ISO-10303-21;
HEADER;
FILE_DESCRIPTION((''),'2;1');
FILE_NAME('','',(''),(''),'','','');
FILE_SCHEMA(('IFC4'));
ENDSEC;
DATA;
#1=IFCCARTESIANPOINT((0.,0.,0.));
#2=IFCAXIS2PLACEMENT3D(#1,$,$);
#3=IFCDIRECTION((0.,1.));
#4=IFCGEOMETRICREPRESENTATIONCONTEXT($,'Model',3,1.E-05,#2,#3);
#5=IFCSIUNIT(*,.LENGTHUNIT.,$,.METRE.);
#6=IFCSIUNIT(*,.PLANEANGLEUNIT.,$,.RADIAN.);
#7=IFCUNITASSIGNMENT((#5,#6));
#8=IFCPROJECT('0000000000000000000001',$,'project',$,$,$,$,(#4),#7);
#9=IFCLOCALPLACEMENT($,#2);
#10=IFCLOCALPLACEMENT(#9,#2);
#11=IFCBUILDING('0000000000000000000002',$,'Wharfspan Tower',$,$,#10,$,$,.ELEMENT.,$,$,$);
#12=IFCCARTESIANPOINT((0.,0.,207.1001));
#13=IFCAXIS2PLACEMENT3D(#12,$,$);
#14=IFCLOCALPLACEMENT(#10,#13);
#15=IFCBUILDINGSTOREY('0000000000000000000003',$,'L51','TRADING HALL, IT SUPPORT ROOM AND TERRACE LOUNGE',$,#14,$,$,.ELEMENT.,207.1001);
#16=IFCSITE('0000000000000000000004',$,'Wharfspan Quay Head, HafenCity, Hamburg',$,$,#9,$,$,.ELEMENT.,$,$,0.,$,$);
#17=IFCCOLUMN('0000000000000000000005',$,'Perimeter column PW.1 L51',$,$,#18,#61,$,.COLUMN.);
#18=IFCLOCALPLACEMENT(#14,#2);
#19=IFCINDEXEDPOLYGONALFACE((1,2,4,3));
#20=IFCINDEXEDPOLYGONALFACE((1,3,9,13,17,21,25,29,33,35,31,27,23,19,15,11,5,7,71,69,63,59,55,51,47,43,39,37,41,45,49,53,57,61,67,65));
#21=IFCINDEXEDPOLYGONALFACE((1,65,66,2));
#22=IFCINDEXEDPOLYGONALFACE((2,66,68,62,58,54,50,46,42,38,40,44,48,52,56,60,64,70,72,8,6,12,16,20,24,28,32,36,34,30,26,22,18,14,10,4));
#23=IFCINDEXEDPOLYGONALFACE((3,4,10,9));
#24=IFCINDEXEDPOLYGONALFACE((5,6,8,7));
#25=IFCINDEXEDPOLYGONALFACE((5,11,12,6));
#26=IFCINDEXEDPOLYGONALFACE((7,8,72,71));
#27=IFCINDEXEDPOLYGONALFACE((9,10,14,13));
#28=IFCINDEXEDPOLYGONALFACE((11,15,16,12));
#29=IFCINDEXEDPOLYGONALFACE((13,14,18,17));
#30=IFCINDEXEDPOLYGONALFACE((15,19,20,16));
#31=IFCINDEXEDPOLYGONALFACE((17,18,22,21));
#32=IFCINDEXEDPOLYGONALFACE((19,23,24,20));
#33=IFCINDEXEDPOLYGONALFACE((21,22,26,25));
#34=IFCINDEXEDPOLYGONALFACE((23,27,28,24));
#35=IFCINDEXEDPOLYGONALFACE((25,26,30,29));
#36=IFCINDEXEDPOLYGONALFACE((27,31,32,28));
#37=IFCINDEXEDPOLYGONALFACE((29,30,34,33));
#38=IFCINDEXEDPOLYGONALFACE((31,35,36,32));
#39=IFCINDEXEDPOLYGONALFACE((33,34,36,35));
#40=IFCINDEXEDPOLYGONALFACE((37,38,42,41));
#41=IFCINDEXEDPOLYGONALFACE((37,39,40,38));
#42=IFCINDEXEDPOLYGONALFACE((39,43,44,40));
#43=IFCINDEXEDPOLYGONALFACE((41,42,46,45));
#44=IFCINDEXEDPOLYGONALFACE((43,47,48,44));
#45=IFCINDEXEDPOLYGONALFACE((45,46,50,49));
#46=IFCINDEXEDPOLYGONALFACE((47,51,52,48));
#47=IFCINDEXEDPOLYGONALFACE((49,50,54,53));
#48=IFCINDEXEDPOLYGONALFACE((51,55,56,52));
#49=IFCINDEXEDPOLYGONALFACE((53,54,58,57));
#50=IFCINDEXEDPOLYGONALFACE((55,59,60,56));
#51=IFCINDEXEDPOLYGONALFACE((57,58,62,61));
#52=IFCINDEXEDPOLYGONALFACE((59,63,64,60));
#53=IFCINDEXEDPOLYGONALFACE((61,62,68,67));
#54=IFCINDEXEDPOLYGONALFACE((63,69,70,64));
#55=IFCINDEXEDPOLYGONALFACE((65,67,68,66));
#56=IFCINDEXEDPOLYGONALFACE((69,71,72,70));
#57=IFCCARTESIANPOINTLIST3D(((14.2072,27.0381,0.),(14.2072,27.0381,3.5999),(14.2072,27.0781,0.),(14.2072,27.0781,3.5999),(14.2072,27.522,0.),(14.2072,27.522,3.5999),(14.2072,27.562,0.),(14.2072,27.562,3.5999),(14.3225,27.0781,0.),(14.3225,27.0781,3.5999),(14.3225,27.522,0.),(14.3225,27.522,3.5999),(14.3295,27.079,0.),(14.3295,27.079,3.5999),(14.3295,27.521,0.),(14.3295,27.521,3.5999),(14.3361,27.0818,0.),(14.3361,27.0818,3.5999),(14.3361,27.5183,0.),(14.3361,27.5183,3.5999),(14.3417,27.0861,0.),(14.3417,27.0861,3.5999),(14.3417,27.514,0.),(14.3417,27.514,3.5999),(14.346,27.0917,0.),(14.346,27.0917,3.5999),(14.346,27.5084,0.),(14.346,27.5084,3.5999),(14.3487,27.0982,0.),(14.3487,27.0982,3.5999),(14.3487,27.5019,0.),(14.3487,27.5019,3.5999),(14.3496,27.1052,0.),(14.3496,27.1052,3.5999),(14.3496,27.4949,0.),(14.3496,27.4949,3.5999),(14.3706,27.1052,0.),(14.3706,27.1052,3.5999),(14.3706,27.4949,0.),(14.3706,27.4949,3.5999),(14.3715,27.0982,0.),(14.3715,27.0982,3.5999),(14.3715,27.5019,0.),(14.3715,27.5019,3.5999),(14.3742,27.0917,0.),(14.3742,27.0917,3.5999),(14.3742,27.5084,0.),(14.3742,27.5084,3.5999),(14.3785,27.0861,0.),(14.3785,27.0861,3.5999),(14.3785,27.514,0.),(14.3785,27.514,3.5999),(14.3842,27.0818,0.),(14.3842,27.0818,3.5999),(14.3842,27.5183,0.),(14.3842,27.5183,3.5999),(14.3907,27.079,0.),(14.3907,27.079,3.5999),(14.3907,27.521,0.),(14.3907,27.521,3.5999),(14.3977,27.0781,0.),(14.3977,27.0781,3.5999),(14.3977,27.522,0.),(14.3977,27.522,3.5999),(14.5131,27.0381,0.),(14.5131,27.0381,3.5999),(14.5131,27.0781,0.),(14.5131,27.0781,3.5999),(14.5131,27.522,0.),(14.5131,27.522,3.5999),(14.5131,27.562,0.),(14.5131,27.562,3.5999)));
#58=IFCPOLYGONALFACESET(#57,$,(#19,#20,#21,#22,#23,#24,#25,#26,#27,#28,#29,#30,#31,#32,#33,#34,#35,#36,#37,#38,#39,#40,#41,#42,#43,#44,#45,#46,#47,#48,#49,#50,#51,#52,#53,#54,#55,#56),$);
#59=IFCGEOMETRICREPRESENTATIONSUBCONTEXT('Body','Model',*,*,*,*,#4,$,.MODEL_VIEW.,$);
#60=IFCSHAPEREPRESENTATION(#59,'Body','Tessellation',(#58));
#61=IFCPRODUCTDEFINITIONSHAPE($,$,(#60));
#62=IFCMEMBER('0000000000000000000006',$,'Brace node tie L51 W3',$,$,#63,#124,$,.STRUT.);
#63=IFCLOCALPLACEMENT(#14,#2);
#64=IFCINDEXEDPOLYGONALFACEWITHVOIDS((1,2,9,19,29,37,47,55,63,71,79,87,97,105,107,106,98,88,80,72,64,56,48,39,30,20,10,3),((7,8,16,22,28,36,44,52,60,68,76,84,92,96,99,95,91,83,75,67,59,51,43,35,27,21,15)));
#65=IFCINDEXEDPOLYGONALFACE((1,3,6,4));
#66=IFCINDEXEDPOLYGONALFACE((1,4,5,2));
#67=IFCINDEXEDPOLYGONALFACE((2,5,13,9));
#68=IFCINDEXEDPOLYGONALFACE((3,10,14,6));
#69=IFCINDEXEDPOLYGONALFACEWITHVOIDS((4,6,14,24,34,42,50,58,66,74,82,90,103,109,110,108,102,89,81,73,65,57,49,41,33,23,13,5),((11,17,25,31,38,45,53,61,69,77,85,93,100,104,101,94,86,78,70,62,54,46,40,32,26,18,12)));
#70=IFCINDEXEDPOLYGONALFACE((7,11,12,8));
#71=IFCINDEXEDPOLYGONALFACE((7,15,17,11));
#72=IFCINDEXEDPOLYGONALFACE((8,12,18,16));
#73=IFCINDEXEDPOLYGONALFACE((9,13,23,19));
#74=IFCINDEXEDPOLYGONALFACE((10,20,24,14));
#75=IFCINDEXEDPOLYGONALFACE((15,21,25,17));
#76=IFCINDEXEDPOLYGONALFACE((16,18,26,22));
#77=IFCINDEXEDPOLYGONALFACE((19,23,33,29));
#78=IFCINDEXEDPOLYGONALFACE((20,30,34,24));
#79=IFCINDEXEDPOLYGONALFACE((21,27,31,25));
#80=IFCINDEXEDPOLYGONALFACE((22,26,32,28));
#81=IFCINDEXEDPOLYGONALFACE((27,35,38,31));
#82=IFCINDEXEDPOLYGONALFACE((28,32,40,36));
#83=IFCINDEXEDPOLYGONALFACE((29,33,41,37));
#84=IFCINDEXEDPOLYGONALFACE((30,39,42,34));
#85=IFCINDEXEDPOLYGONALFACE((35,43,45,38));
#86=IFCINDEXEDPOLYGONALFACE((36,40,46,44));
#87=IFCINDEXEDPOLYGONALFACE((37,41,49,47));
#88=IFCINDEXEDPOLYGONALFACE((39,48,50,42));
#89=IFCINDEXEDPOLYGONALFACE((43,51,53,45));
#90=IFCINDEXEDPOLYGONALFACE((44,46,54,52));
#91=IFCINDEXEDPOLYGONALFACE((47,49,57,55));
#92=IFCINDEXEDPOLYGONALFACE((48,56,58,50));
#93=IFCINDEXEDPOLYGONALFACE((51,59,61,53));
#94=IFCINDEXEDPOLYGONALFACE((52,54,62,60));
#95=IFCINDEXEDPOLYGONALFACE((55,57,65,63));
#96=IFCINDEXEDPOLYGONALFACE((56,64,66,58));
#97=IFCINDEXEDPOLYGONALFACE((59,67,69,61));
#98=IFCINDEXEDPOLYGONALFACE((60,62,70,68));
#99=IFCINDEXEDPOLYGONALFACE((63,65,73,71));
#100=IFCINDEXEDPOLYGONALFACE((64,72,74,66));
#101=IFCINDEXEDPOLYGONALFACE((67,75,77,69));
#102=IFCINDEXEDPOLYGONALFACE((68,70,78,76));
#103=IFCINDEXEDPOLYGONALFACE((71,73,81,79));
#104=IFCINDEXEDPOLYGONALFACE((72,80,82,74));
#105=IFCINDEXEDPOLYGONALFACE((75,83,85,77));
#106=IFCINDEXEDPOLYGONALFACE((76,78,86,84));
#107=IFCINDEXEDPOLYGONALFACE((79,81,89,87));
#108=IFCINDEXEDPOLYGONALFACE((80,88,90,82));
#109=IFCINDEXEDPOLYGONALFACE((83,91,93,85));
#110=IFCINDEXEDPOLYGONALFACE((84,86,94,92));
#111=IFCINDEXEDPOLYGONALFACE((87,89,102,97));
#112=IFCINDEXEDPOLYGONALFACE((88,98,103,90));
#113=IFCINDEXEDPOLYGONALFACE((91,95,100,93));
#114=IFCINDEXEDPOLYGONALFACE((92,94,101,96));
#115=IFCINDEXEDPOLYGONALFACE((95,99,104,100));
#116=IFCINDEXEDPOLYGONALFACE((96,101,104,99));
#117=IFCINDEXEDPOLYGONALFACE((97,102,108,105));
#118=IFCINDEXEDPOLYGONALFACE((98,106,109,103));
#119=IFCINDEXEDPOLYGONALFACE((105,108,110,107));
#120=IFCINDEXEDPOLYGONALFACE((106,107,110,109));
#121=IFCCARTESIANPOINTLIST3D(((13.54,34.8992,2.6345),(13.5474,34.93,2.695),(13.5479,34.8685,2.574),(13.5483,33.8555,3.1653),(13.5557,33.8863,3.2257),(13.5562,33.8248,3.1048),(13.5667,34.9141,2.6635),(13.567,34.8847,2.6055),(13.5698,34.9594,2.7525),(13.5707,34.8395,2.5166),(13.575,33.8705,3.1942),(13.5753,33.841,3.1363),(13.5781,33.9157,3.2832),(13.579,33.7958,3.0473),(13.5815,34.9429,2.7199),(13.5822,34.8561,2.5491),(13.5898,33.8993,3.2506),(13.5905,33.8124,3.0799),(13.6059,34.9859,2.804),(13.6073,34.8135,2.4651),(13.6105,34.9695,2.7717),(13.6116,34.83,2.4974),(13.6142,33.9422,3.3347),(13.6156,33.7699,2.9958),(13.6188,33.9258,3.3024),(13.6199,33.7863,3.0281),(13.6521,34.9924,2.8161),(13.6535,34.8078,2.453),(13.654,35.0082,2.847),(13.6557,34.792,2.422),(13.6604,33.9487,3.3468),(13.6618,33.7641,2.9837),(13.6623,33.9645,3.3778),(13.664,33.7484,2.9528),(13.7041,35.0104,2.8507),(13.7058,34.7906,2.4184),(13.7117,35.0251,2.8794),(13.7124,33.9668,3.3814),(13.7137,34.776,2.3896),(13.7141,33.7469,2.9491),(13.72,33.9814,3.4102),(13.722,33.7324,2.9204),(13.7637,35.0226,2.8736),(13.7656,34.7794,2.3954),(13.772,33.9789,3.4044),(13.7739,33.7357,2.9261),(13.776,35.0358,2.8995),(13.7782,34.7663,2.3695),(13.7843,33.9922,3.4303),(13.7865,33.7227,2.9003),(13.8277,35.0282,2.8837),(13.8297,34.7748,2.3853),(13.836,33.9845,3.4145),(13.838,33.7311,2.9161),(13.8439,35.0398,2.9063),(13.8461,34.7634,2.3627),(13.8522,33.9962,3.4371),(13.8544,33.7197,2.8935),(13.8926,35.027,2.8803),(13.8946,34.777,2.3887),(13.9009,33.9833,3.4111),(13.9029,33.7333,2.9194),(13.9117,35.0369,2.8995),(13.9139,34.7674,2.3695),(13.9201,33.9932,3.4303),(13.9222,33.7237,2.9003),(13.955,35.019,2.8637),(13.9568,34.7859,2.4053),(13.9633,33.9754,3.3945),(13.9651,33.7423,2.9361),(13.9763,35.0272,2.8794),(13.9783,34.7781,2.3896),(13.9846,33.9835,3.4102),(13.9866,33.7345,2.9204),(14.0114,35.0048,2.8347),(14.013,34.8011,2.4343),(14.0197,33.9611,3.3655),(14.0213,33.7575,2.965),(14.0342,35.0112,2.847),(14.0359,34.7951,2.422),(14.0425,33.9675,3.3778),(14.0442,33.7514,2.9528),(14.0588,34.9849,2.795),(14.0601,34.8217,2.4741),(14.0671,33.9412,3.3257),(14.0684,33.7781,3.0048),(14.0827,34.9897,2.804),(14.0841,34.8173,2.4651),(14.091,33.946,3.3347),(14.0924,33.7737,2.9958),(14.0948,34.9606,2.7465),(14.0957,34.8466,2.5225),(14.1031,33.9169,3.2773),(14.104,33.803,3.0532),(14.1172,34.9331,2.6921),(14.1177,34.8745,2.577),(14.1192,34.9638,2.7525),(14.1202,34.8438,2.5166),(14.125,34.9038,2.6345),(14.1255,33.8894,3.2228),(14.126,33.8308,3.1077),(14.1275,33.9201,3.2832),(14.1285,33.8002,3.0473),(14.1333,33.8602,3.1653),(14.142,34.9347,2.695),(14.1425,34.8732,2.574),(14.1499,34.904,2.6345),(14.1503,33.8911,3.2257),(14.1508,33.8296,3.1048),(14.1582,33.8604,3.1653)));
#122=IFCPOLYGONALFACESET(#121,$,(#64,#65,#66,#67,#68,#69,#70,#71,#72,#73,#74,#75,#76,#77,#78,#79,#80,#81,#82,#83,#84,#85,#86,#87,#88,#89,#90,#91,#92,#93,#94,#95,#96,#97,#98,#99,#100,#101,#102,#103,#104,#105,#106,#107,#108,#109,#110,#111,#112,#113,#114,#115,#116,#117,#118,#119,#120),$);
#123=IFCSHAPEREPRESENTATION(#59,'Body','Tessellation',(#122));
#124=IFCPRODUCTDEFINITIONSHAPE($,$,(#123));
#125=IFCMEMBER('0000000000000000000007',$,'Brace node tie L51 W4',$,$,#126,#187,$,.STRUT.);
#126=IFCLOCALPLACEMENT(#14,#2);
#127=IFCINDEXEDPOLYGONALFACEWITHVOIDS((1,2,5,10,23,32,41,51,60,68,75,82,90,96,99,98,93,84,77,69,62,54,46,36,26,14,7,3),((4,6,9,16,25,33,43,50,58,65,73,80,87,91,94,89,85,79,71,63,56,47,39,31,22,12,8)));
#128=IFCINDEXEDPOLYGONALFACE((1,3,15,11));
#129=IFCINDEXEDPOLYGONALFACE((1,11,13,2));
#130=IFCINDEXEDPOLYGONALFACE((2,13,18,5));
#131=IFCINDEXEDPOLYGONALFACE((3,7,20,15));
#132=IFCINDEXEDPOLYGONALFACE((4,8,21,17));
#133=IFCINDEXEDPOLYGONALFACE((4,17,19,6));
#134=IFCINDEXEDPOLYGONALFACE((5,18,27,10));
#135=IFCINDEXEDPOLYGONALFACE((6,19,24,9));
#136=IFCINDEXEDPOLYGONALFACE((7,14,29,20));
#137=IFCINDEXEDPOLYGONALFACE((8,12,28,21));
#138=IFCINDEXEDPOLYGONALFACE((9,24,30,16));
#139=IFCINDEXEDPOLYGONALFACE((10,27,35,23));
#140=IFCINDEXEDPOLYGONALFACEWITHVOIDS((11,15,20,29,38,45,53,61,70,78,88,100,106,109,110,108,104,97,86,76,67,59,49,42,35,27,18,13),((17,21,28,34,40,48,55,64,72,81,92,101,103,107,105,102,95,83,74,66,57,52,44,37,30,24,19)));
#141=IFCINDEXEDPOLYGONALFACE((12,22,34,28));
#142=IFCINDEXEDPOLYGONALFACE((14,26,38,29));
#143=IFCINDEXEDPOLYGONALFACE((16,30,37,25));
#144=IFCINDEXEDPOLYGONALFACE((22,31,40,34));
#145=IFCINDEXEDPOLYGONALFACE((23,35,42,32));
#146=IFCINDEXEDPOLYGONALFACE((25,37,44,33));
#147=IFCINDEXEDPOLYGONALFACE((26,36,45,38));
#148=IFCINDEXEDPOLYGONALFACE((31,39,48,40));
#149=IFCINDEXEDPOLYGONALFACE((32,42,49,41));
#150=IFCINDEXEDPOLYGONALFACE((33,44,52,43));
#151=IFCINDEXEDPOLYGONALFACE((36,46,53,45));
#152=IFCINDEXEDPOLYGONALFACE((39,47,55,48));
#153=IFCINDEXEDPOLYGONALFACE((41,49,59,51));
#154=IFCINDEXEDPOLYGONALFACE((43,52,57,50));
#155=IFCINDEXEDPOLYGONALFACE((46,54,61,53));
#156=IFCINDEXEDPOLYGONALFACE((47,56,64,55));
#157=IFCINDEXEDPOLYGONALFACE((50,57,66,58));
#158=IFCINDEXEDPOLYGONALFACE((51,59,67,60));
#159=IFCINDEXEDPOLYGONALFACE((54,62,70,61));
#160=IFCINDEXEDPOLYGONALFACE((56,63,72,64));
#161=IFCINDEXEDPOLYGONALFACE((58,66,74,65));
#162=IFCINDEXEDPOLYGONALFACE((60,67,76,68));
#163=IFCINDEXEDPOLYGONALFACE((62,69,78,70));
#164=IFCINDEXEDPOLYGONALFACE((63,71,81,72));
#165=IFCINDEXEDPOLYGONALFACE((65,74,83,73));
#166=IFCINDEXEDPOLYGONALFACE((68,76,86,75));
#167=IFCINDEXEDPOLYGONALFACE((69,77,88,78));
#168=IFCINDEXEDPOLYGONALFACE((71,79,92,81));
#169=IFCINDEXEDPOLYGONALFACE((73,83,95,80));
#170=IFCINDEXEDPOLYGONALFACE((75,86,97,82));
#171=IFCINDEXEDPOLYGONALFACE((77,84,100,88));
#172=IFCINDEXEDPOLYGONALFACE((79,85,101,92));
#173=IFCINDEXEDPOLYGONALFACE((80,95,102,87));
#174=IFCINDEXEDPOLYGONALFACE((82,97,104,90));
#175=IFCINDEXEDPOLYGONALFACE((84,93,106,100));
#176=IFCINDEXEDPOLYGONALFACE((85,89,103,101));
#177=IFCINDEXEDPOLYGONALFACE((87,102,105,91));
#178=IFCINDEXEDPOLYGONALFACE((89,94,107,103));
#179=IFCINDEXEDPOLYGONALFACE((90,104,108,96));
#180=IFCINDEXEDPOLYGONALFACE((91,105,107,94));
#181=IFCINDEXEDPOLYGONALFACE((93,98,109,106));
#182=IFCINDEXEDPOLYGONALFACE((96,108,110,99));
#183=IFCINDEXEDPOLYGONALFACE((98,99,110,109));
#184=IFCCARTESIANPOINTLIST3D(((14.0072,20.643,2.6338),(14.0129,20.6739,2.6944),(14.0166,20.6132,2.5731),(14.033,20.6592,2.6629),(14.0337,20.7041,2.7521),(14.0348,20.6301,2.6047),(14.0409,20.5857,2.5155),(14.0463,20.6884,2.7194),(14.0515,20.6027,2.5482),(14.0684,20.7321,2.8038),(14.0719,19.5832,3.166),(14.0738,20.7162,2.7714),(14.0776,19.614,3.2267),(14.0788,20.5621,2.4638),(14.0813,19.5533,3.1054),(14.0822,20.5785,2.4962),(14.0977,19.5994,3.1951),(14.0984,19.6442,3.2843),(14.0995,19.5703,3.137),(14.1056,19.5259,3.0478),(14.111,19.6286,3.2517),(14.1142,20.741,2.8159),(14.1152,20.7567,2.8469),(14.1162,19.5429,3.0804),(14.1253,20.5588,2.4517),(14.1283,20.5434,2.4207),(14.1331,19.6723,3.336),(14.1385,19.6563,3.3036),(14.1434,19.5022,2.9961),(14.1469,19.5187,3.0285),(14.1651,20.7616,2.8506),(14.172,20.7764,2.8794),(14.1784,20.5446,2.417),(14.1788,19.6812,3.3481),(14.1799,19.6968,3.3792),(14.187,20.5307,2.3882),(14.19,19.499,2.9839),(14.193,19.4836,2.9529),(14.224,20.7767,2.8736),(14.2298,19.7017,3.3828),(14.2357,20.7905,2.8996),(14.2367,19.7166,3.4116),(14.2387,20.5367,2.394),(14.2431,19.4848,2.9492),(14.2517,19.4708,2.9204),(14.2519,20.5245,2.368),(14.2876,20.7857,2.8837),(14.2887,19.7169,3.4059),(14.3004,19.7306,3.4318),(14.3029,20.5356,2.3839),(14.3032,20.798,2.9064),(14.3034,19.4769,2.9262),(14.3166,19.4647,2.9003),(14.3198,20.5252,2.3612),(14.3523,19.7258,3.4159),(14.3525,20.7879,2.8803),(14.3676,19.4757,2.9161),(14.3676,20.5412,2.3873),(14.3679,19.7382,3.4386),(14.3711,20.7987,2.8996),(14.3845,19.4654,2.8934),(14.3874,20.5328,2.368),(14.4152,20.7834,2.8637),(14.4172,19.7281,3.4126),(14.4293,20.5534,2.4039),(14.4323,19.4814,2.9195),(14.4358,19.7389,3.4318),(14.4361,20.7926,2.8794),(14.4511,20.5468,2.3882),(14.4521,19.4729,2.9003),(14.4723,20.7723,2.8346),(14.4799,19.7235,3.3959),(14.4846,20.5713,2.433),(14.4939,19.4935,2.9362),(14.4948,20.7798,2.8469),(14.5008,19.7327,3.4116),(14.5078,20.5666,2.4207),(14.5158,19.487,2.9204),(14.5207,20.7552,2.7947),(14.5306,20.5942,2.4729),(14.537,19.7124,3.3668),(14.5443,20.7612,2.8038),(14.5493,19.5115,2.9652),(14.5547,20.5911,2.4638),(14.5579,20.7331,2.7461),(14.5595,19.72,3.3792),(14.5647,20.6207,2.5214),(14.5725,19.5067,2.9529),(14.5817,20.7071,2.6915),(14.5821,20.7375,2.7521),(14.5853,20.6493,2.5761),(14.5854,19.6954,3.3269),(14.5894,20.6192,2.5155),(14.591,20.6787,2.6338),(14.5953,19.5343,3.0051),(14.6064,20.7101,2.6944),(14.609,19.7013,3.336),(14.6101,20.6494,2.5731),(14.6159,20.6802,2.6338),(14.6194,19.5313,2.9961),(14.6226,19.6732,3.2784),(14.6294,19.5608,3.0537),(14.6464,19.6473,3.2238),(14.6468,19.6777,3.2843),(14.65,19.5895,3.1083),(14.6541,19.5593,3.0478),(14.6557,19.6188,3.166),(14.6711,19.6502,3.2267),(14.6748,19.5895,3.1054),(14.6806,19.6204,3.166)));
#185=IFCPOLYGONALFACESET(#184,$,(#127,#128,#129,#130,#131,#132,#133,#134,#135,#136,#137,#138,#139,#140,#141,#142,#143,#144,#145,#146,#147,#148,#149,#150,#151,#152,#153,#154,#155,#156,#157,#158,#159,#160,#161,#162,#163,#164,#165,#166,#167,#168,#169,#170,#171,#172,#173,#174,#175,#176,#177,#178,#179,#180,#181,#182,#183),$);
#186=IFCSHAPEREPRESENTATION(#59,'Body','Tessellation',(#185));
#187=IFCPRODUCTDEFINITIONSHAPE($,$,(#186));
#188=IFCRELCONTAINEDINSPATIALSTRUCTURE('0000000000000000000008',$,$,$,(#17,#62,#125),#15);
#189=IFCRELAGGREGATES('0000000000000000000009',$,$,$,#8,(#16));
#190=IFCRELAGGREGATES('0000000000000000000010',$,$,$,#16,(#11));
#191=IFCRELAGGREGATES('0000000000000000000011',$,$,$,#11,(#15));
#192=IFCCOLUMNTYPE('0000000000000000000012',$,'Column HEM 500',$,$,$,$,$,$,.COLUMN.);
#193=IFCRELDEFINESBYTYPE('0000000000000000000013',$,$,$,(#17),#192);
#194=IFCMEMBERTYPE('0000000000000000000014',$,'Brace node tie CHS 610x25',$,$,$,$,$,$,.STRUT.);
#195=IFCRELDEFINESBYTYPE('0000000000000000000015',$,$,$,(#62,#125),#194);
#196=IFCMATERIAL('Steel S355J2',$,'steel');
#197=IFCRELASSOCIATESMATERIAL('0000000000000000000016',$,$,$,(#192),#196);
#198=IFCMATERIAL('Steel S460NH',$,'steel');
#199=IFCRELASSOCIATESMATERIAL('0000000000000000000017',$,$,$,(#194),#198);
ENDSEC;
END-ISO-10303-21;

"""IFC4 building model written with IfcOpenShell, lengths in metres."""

from ifc_helpers import new_model, si_unit, direction, frame, origin, origin_2d, place, context, subcontext, project, spatial, hollow_circle, i_section, extrude, material, material_profile, profile_set, type_object, element, save


model = new_model("IFC4")

# Units and contexts
model_context = context("Model", 3, precision=1e-05, world=origin(), true_north=direction((0.0, 1.0)))
body_context = subcontext(model_context, "Body", "Model", "MODEL_VIEW")
ifc_project = project(units=[si_unit("LENGTHUNIT", "METRE"), si_unit("PLANEANGLEUNIT", "RADIAN")], contexts=[model_context])

# Site, building, storey
site_placement = place(None, origin())
site = spatial("IfcSite", under=ifc_project, at=site_placement, Name="Wharfspan Quay Head, HafenCity, Hamburg", CompositionType="ELEMENT", RefElevation=0.0)
building_placement = place(site_placement, origin())
building = spatial("IfcBuilding", under=site, at=building_placement, Name="Wharfspan Tower", CompositionType="ELEMENT")
storey_placement = place(building_placement, frame((0.0, 0.0, 207.1001)))
storey = spatial("IfcBuildingStorey", under=building, at=storey_placement, Name="L51", Description="TRADING HALL, IT SUPPORT ROOM AND TERRACE LOUNGE", CompositionType="ELEMENT", Elevation=207.1001)

# Column
ifc_material_1 = material(Name="Steel S355J2", Category="steel")
ifc_material_profile_1 = material_profile(ifc_material_1, i_section(OverallWidth=0.3059, OverallDepth=0.5239, WebThickness=0.021, FlangeThickness=0.04, FilletRadius=0.0271, at=origin_2d()))
ifc_profile_set_1 = profile_set([ifc_material_profile_1], Name="Steel S355J2")
column_type = type_object("IfcColumnType", Name="Column HEM 500", PredefinedType="COLUMN", material=ifc_profile_set_1)
column_placement = place(storey_placement, frame((14.3601, 27.3, 0.0), z_axis=(0.0, 0.0, 1.0), x_axis=(-1.0, 0.0, 0.0)))
element("IfcColumn", 1, at=column_placement, inside=storey, type_object=column_type, Name="Perimeter column PW.1 L51", PredefinedType="COLUMN", context=body_context, shape_type="SweptSolid", body=[
    extrude(i_section(OverallWidth=0.3059, OverallDepth=0.5239, WebThickness=0.021, FlangeThickness=0.04, FilletRadius=0.0271, at=origin_2d()), origin(), (0.0, 0.0, 1.0), 3.5999),
])

# Members
ifc_material_2 = material(Name="Steel S460NH", Category="steel")
ifc_material_profile_2 = material_profile(ifc_material_2, hollow_circle(Radius=0.3049, WallThickness=0.0249, at=origin_2d()))
ifc_profile_set_2 = profile_set([ifc_material_profile_2], Name="Steel S460NH")
member_type_1 = type_object("IfcMemberType", Name="Brace node tie CHS 610x25", PredefinedType="STRUT", material=ifc_profile_set_2)
member_1_placement = place(storey_placement, frame((13.845, 34.9016, 2.6345), z_axis=(0.007089, -0.89134, 0.45328), x_axis=(0.999971, 0.007955, 0.000004)))
element("IfcMember", 2, at=member_1_placement, inside=storey, type_object=member_type_1, Name="Brace node tie L51 W3", PredefinedType="STRUT", context=body_context, shape_type="SweptSolid", body=[
    extrude(hollow_circle(Radius=0.3049, WallThickness=0.0249, at=origin_2d()), origin(), (0.0, 0.0, 1.0), 1.1709),
])
member_2_placement = place(storey_placement, frame((14.3115, 20.6616, 2.6338), z_axis=(0.054472, -0.892317, 0.448111), x_axis=(0.99814, 0.06093, -0.000004)))
element("IfcMember", 3, at=member_2_placement, inside=storey, type_object=member_type_1, Name="Brace node tie L51 W4", PredefinedType="STRUT", context=body_context, shape_type="SweptSolid", body=[
    extrude(hollow_circle(Radius=0.3049, WallThickness=0.0249, at=origin_2d()), origin(), (0.0, 0.0, 1.0), 1.1877),
])

save(model, "model.ifc")
